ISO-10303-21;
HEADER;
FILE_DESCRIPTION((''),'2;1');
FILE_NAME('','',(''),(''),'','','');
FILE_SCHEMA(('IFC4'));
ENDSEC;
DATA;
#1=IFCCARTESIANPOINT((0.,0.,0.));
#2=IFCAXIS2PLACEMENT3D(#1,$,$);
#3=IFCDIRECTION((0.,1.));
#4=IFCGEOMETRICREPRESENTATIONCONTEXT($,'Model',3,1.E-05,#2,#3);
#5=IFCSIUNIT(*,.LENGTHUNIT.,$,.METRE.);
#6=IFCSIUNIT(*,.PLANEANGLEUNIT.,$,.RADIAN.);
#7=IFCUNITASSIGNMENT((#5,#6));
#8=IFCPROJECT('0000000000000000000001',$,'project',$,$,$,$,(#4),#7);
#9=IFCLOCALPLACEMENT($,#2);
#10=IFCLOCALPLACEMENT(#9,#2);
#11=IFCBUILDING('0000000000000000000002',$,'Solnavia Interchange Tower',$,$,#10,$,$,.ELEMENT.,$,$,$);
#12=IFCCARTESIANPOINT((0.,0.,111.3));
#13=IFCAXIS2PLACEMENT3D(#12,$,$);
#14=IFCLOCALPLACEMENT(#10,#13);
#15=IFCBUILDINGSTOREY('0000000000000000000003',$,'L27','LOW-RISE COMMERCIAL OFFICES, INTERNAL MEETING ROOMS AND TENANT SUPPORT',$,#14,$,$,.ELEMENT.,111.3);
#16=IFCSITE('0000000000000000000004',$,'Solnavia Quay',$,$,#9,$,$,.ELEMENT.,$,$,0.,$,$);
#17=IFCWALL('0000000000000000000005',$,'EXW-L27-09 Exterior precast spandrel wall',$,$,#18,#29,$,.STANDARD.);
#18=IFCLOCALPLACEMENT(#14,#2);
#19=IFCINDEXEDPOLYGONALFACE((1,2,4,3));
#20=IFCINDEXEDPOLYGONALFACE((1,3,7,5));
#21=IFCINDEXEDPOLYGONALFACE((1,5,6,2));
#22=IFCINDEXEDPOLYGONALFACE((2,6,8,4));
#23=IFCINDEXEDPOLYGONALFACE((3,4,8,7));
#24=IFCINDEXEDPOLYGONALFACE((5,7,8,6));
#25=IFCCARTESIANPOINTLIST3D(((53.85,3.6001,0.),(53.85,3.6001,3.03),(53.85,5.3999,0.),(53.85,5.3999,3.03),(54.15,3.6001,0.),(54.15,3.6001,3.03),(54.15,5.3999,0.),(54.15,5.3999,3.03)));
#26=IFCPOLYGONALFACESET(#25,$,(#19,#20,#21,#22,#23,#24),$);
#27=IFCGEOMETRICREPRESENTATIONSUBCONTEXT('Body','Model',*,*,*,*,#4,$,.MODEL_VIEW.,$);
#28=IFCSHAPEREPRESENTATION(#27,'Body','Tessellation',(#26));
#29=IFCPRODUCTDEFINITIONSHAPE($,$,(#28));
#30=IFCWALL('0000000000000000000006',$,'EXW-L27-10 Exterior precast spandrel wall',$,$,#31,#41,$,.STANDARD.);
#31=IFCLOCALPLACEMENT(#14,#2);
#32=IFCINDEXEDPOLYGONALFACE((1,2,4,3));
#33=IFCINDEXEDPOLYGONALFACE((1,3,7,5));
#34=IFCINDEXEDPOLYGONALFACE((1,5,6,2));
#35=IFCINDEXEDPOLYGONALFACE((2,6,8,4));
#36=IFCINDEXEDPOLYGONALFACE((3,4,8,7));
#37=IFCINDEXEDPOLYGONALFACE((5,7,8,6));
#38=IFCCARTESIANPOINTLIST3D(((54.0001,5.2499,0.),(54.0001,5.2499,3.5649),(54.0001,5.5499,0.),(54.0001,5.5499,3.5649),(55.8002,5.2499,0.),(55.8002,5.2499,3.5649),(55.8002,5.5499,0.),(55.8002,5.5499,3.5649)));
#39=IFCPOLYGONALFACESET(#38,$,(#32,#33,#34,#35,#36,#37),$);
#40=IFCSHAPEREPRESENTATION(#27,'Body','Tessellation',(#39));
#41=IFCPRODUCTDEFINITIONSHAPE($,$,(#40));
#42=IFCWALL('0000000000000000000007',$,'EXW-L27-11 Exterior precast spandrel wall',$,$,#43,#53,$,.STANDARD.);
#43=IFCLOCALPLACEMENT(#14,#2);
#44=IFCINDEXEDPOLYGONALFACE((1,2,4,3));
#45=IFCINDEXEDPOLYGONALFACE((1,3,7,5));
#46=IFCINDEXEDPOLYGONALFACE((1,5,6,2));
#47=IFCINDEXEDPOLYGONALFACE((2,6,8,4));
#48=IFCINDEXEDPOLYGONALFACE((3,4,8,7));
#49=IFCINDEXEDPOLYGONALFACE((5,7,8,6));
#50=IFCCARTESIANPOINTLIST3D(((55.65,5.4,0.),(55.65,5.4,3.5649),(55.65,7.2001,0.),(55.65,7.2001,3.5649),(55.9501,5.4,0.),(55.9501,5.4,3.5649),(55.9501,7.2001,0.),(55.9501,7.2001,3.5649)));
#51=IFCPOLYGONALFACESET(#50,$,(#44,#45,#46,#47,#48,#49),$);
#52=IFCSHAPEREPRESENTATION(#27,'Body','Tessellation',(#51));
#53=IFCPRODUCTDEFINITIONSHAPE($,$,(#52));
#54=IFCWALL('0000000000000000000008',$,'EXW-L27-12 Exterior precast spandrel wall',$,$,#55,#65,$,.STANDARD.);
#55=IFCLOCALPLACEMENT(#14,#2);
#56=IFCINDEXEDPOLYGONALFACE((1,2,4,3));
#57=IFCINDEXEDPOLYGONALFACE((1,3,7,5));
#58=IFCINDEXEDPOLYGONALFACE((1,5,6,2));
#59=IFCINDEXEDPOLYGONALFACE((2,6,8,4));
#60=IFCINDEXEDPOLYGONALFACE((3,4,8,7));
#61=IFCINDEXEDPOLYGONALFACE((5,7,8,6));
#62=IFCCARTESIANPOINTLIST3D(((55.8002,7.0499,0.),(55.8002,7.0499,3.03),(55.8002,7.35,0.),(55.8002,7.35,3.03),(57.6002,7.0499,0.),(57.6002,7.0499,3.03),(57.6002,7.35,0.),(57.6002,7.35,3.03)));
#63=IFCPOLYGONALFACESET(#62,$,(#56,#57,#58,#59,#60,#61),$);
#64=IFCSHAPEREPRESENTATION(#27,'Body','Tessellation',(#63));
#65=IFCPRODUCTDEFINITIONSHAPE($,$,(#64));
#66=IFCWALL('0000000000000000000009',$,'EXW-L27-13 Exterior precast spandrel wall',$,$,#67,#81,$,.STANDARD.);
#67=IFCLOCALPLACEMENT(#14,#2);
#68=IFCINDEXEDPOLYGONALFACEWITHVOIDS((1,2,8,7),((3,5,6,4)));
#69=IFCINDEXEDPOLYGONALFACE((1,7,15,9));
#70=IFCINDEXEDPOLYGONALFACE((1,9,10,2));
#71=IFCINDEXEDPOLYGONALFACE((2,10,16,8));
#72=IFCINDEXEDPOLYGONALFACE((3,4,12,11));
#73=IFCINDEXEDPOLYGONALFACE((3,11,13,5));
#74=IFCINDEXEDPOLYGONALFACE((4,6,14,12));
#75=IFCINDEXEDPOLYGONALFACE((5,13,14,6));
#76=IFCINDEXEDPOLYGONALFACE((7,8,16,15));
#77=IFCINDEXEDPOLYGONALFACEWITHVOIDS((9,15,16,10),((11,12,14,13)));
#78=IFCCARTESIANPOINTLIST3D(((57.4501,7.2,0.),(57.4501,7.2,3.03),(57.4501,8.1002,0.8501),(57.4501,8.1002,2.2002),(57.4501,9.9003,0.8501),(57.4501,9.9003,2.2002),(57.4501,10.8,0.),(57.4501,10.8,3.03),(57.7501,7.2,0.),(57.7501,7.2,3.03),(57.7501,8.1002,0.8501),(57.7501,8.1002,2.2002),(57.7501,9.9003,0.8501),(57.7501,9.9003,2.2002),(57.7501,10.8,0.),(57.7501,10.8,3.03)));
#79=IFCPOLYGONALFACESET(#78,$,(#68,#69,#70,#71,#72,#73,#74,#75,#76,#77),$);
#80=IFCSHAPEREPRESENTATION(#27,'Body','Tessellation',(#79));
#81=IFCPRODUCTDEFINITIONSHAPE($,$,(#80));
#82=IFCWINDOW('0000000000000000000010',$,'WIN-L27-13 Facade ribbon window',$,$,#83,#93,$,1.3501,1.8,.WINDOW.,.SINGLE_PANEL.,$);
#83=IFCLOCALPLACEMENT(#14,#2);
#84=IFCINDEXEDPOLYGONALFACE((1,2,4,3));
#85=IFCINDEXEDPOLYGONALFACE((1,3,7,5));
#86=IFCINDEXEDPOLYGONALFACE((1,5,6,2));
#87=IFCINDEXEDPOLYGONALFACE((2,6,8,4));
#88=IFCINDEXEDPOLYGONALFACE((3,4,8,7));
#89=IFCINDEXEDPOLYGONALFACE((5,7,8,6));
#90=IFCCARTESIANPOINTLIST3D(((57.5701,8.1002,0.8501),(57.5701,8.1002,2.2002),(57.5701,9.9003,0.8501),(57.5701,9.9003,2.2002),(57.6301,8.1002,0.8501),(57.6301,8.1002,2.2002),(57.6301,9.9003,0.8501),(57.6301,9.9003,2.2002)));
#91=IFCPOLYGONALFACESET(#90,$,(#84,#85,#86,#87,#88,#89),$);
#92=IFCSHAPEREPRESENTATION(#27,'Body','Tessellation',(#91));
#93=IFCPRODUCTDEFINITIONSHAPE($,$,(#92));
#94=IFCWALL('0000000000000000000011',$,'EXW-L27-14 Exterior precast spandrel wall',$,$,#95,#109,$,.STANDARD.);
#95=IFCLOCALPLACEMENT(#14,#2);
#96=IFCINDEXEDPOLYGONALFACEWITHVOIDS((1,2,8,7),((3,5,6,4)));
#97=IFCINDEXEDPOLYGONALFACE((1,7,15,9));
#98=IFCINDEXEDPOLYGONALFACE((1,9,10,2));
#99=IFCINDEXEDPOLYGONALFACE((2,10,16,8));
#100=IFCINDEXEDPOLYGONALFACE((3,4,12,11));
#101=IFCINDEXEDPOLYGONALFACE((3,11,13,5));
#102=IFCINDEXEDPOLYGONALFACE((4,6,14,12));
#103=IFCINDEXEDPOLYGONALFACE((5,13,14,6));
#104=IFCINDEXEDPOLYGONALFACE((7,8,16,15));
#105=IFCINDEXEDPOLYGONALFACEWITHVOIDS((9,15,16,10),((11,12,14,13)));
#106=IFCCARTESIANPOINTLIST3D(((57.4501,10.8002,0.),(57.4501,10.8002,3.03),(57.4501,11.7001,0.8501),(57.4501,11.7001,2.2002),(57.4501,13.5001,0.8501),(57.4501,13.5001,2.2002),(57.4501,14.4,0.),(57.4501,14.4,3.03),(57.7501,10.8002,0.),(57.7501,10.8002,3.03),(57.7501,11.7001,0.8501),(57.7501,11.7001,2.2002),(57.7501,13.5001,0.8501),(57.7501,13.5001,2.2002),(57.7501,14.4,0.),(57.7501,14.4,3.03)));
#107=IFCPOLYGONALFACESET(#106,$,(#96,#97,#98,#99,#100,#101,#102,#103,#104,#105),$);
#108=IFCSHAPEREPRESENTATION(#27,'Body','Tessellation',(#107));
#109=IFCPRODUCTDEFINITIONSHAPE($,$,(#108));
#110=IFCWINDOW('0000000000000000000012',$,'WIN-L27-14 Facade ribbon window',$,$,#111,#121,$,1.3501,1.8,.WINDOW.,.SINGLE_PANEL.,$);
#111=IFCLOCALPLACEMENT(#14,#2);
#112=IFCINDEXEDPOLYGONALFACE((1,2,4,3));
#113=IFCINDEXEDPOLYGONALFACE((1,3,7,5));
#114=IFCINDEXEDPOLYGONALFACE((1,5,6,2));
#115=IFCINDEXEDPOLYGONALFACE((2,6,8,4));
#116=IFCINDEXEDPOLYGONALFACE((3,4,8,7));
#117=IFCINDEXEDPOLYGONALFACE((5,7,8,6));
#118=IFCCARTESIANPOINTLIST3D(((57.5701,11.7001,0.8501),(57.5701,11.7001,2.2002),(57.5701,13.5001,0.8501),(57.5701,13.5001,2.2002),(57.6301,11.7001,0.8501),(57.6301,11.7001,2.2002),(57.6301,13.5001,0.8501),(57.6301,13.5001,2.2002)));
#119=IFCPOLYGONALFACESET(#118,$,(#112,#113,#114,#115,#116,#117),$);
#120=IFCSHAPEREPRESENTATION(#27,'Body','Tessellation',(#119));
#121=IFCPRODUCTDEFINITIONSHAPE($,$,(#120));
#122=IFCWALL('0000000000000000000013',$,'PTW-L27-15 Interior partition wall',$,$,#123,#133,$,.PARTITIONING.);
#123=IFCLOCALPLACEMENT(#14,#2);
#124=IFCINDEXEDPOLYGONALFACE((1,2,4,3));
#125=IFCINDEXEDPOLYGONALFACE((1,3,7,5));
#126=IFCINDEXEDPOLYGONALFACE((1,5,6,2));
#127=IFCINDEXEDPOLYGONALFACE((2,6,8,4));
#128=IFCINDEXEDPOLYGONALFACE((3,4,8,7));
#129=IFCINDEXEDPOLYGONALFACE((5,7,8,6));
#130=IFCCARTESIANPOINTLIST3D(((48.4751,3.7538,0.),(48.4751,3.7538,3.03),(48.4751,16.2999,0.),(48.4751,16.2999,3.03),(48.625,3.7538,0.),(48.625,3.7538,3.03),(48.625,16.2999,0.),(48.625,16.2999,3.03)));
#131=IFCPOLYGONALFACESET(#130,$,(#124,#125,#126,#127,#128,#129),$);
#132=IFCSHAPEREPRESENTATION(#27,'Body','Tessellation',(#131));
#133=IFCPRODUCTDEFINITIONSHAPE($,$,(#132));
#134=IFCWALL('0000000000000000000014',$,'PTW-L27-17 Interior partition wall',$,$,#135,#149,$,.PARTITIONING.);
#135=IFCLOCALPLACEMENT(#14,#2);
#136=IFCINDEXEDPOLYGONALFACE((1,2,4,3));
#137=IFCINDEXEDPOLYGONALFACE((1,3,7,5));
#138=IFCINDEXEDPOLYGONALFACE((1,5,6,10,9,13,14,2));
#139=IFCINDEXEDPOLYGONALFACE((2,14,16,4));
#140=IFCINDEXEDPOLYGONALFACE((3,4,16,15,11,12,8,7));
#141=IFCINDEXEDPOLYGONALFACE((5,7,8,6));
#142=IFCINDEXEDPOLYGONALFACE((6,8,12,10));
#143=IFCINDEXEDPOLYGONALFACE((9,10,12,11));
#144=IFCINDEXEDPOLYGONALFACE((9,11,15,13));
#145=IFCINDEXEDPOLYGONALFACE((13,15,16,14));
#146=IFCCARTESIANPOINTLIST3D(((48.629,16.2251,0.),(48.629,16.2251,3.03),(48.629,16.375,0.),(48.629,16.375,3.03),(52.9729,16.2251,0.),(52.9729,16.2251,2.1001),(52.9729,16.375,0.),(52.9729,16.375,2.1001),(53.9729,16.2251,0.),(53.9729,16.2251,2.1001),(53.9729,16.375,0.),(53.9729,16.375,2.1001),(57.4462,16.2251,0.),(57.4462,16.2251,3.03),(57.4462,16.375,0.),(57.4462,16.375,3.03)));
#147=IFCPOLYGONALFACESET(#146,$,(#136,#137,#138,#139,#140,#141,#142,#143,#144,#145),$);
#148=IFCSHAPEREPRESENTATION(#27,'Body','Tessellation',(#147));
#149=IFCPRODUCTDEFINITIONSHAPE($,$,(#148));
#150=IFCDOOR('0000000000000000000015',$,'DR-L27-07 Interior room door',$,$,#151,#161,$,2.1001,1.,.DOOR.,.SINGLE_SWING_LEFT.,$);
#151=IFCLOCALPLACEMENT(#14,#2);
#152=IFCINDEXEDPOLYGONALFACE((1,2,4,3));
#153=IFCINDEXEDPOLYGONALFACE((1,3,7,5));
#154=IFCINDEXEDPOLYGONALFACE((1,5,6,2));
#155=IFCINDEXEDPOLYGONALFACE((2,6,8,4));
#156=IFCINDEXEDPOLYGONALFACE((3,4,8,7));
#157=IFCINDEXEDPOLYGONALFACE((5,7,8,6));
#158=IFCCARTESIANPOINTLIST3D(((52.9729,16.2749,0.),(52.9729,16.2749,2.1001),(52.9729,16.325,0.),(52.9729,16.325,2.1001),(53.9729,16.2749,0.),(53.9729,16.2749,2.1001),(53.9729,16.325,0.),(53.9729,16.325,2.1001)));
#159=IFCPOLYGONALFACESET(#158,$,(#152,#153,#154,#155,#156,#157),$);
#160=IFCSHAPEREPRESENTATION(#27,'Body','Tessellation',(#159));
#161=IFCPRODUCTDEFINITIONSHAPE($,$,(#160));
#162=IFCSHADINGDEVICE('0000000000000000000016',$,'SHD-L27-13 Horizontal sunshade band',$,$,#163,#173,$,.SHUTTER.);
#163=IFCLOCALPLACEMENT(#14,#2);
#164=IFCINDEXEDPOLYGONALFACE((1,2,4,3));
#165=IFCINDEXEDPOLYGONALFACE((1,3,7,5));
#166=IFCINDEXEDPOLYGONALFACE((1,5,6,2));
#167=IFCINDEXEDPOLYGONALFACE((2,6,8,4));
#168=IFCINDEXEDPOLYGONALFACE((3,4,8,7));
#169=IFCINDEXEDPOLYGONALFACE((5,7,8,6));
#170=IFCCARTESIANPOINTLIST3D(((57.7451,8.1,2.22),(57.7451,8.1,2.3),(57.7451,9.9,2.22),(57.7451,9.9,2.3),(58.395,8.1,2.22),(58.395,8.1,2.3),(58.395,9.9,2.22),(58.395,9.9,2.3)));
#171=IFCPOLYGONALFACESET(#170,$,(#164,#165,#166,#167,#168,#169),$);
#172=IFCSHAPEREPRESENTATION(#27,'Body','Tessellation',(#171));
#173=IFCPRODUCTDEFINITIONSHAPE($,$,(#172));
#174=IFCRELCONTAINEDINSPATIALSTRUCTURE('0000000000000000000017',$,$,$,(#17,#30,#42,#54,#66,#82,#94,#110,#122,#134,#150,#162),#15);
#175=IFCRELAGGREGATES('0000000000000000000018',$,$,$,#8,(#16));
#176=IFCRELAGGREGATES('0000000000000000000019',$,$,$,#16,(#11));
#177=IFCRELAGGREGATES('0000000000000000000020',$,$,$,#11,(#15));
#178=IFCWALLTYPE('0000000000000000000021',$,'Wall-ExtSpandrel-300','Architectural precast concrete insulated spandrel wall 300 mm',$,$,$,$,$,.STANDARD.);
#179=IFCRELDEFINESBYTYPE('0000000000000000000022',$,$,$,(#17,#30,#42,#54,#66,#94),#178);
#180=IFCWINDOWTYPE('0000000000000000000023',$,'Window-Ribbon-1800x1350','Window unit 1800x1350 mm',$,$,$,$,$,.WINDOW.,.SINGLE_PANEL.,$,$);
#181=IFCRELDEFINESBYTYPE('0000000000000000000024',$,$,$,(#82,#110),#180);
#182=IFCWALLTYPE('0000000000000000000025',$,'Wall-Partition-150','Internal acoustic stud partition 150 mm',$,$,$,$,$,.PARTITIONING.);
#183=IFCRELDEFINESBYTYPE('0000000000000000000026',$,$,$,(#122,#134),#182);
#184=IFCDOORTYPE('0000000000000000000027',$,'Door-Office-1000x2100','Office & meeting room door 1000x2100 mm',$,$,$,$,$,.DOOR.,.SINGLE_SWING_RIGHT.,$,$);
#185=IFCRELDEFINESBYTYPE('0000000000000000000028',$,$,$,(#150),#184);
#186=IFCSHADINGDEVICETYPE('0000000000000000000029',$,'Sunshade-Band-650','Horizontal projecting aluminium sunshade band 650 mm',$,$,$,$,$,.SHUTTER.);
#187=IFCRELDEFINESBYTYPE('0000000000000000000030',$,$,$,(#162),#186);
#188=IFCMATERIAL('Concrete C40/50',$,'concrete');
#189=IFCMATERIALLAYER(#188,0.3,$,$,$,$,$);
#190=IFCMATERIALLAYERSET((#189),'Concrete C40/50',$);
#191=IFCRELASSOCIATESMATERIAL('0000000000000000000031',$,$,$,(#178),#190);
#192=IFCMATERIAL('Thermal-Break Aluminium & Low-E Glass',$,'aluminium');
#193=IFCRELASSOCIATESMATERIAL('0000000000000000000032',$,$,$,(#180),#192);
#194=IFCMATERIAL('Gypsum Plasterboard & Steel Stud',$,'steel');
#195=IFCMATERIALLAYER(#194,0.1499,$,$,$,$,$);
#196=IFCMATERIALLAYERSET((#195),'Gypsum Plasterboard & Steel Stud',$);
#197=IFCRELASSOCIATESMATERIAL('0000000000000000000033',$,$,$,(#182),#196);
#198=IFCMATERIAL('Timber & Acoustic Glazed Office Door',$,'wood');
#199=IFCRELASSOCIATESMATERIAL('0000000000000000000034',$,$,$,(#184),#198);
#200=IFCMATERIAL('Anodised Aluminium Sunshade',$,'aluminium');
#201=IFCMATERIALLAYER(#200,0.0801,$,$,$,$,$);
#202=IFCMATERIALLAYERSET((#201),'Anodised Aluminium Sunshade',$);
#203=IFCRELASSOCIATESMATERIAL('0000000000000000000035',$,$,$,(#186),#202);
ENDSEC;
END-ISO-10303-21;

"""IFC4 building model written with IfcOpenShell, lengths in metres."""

from ifc_helpers import new_model, si_unit, direction, frame, frame_2d, origin, origin_2d, place, context, subcontext, project, spatial, rectangle, extrude, material, layer, layer_set, type_object, element, fill, save


model = new_model("IFC4")

# Units and contexts
model_context = context("Model", 3, precision=1e-05, world=origin(), true_north=direction((0.0, 1.0)))
body_context = subcontext(model_context, "Body", "Model", "MODEL_VIEW")
ifc_project = project(units=[si_unit("LENGTHUNIT", "METRE"), si_unit("PLANEANGLEUNIT", "RADIAN")], contexts=[model_context])

# Site, building, storey
site_placement = place(None, origin())
site = spatial("IfcSite", under=ifc_project, at=site_placement, Name="Solnavia Quay", CompositionType="ELEMENT", RefElevation=0.0)
building_placement = place(site_placement, origin())
building = spatial("IfcBuilding", under=site, at=building_placement, Name="Solnavia Interchange Tower", CompositionType="ELEMENT")
storey_placement = place(building_placement, frame((0.0, 0.0, 111.3)))
storey = spatial("IfcBuildingStorey", under=building, at=storey_placement, Name="L27", Description="LOW-RISE COMMERCIAL OFFICES, INTERNAL MEETING ROOMS AND TENANT SUPPORT", CompositionType="ELEMENT", Elevation=111.3)

# Shared definitions
ifc_material_1 = material(Name="Concrete C40/50", Category="concrete")
ifc_layer_1 = layer(ifc_material_1, 0.3)
ifc_layer_set_1 = layer_set([ifc_layer_1], Name="Concrete C40/50")
wall_type_1 = type_object("IfcWallType", Name="Wall-ExtSpandrel-300", Description="Architectural precast concrete insulated spandrel wall 300 mm", PredefinedType="STANDARD", material=ifc_layer_set_1)

# Shared definitions
ifc_material_2 = material(Name="Thermal-Break Aluminium & Low-E Glass", Category="aluminium")
window_type = type_object("IfcWindowType", Name="Window-Ribbon-1800x1350", Description="Window unit 1800x1350 mm", PartitioningType="SINGLE_PANEL", PredefinedType="WINDOW", material=ifc_material_2)

# Walls
wall_1_placement = place(storey_placement, frame((54.0, 5.3999, 0.0), z_axis=(0.0, 0.0, 1.0), x_axis=(0.0, -1.0, 0.0)))
element("IfcWall", 1, at=wall_1_placement, inside=storey, type_object=wall_type_1, Name="EXW-L27-09 Exterior precast spandrel wall", PredefinedType="STANDARD", context=body_context, shape_type="SweptSolid", body=[
    extrude(rectangle(XDim=1.7998, YDim=0.3, at=frame_2d((0.8999, 0.0))), origin(), (0.0, 0.0, 1.0), 3.03),
])
for number, where, z_axis, x_axis, name in (
    (2, (55.8, 5.3999, 0.0), (0.0, 0.0, 1.0), (-1.0, 0.0, 0.0), "EXW-L27-10 Exterior precast spandrel wall"),
    (3, (55.8, 7.2, 0.0), (0.0, 0.0, 1.0), (0.0, -1.0, 0.0), "EXW-L27-11 Exterior precast spandrel wall"),
):
    element("IfcWall", number, at=place(storey_placement, frame(where, z_axis=z_axis, x_axis=x_axis)), inside=storey, type_object=wall_type_1, Name=name, PredefinedType="STANDARD", context=body_context, shape_type="SweptSolid", body=[
        extrude(rectangle(XDim=1.8, YDim=0.3, at=frame_2d((0.8999, 0.0))), origin(), (0.0, 0.0, 1.0), 3.5649),
    ])
wall_2_placement = place(storey_placement, frame((57.6001, 7.2, 0.0), z_axis=(0.0, 0.0, 1.0), x_axis=(-1.0, 0.0, 0.0)))
element("IfcWall", 4, at=wall_2_placement, inside=storey, type_object=wall_type_1, Name="EXW-L27-12 Exterior precast spandrel wall", PredefinedType="STANDARD", context=body_context, shape_type="SweptSolid", body=[
    extrude(rectangle(XDim=1.8, YDim=0.3, at=frame_2d((0.8999, 0.0))), origin(), (0.0, 0.0, 1.0), 3.03),
])

# Walls, openings, windows
wall_3_placement = place(storey_placement, frame((57.6001, 10.8, 0.0), z_axis=(0.0, 0.0, 1.0), x_axis=(0.0, -1.0, 0.0)))
wall_3 = element("IfcWall", 5, at=wall_3_placement, inside=storey, type_object=wall_type_1, Name="EXW-L27-13 Exterior precast spandrel wall", PredefinedType="STANDARD", context=body_context, shape_type="SweptSolid", body=[
    extrude(rectangle(XDim=3.6001, YDim=0.3, at=frame_2d((1.8, 0.0))), origin(), (0.0, 0.0, 1.0), 3.03),
])
opening_1_placement = place(wall_3_placement, frame((0.8999, 0.0, 0.8501)))
opening_1 = element("IfcOpeningElement", 6, at=opening_1_placement, cuts=wall_3, PredefinedType="OPENING", context=body_context, shape_type="SweptSolid", body=[
    extrude(rectangle(XDim=1.8, YDim=1.3501, at=frame_2d((0.8999, 0.675))), frame((0.0, 0.1602, 0.0), z_axis=(0.0, -1.0, 0.0), x_axis=(1.0, 0.0, 0.0)), (0.0, 0.0, 1.0), 0.3201),
])
window_1_placement = place(opening_1_placement, origin())
window_1 = element("IfcWindow", 7, at=window_1_placement, inside=storey, type_object=window_type, Name="WIN-L27-13 Facade ribbon window", OverallHeight=1.3501, OverallWidth=1.8, PartitioningType="SINGLE_PANEL", PredefinedType="WINDOW", context=body_context, shape_type="SweptSolid", body=[
    extrude(rectangle(XDim=1.8, YDim=1.3501, at=frame_2d((0.8999, 0.675))), frame((0.0, 0.03, 0.0), z_axis=(0.0, -1.0, 0.0), x_axis=(1.0, 0.0, 0.0)), (0.0, 0.0, 1.0), 0.0601),
])
fill(opening_1, window_1)
wall_4_placement = place(storey_placement, frame((57.6001, 14.3999, 0.0), z_axis=(0.0, 0.0, 1.0), x_axis=(0.0, -1.0, 0.0)))
wall_4 = element("IfcWall", 8, at=wall_4_placement, inside=storey, type_object=wall_type_1, Name="EXW-L27-14 Exterior precast spandrel wall", PredefinedType="STANDARD", context=body_context, shape_type="SweptSolid", body=[
    extrude(rectangle(XDim=3.5999, YDim=0.3, at=frame_2d((1.7998, 0.0))), origin(), (0.0, 0.0, 1.0), 3.03),
])
opening_2_placement = place(wall_4_placement, frame((0.8999, 0.0, 0.8501)))
opening_2 = element("IfcOpeningElement", 9, at=opening_2_placement, cuts=wall_4, PredefinedType="OPENING", context=body_context, shape_type="SweptSolid", body=[
    extrude(rectangle(XDim=1.8, YDim=1.3501, at=frame_2d((0.8999, 0.675))), frame((0.0, 0.1602, 0.0), z_axis=(0.0, -1.0, 0.0), x_axis=(1.0, 0.0, 0.0)), (0.0, 0.0, 1.0), 0.3201),
])
window_2_placement = place(opening_2_placement, origin())
window_2 = element("IfcWindow", 10, at=window_2_placement, inside=storey, type_object=window_type, Name="WIN-L27-14 Facade ribbon window", OverallHeight=1.3501, OverallWidth=1.8, PartitioningType="SINGLE_PANEL", PredefinedType="WINDOW", context=body_context, shape_type="SweptSolid", body=[
    extrude(rectangle(XDim=1.8, YDim=1.3501, at=frame_2d((0.8999, 0.675))), frame((0.0, 0.03, 0.0), z_axis=(0.0, -1.0, 0.0), x_axis=(1.0, 0.0, 0.0)), (0.0, 0.0, 1.0), 0.0601),
])
fill(opening_2, window_2)

# Wall
ifc_material_3 = material(Name="Gypsum Plasterboard & Steel Stud", Category="steel")
ifc_layer_2 = layer(ifc_material_3, 0.1499)
ifc_layer_set_2 = layer_set([ifc_layer_2], Name="Gypsum Plasterboard & Steel Stud")
wall_type_2 = type_object("IfcWallType", Name="Wall-Partition-150", Description="Internal acoustic stud partition 150 mm", PredefinedType="PARTITIONING", material=ifc_layer_set_2)
wall_5_placement = place(storey_placement, frame((48.55, 3.7539, 0.0), z_axis=(0.0, 0.0, 1.0), x_axis=(0.0, 1.0, 0.0)))
element("IfcWall", 11, at=wall_5_placement, inside=storey, type_object=wall_type_2, Name="PTW-L27-15 Interior partition wall", PredefinedType="PARTITIONING", context=body_context, shape_type="SweptSolid", body=[
    extrude(rectangle(XDim=12.5461, YDim=0.1499, at=frame_2d((6.2729, 0.0))), origin(), (0.0, 0.0, 1.0), 3.03),
])

# Wall, opening, door
wall_6_placement = place(storey_placement, frame((48.6289, 16.3, 0.0), z_axis=(0.0, 0.0, 1.0), x_axis=(1.0, 0.0, 0.0)))
wall_6 = element("IfcWall", 12, at=wall_6_placement, inside=storey, type_object=wall_type_2, Name="PTW-L27-17 Interior partition wall", PredefinedType="PARTITIONING", context=body_context, shape_type="SweptSolid", body=[
    extrude(rectangle(XDim=8.8171, YDim=0.1499, at=frame_2d((4.4087, 0.0))), origin(), (0.0, 0.0, 1.0), 3.03),
])
opening_3_placement = place(wall_6_placement, frame((4.344, 0.0, 0.0)))
opening_3 = element("IfcOpeningElement", 13, at=opening_3_placement, cuts=wall_6, PredefinedType="OPENING", context=body_context, shape_type="SweptSolid", body=[
    extrude(rectangle(XDim=1.0, YDim=2.1001, at=frame_2d((0.5, 1.05))), frame((0.0, 0.085, 0.0), z_axis=(0.0, -1.0, 0.0), x_axis=(1.0, 0.0, 0.0)), (0.0, 0.0, 1.0), 0.1699),
])
ifc_material_4 = material(Name="Timber & Acoustic Glazed Office Door", Category="wood")
door_type = type_object("IfcDoorType", Name="Door-Office-1000x2100", Description="Office & meeting room door 1000x2100 mm", OperationType="SINGLE_SWING_RIGHT", PredefinedType="DOOR", material=ifc_material_4)
door_placement = place(opening_3_placement, origin())
door = element("IfcDoor", 14, at=door_placement, inside=storey, type_object=door_type, Name="DR-L27-07 Interior room door", OperationType="SINGLE_SWING_LEFT", OverallHeight=2.1001, OverallWidth=1.0, PredefinedType="DOOR", context=body_context, shape_type="SweptSolid", body=[
    extrude(rectangle(XDim=1.0, YDim=2.1001, at=frame_2d((0.5, 1.05))), frame((0.0, 0.0249, 0.0), z_axis=(0.0, -1.0, 0.0), x_axis=(1.0, 0.0, 0.0)), (0.0, 0.0, 1.0), 0.05),
])
fill(opening_3, door)

# Shading device
ifc_material_5 = material(Name="Anodised Aluminium Sunshade", Category="aluminium")
ifc_layer_3 = layer(ifc_material_5, 0.0801)
ifc_layer_set_3 = layer_set([ifc_layer_3], Name="Anodised Aluminium Sunshade")
shading_device_type = type_object("IfcShadingDeviceType", Name="Sunshade-Band-650", Description="Horizontal projecting aluminium sunshade band 650 mm", PredefinedType="SHUTTER", material=ifc_layer_set_3)
shading_device_placement = place(storey_placement, frame((58.0701, 9.0, 2.22), z_axis=(0.0, 0.0, 1.0), x_axis=(0.0, -1.0, 0.0)))
element("IfcShadingDevice", 15, at=shading_device_placement, inside=storey, type_object=shading_device_type, Name="SHD-L27-13 Horizontal sunshade band", PredefinedType="SHUTTER", context=body_context, shape_type="SweptSolid", body=[
    extrude(rectangle(XDim=1.8, YDim=0.6499, at=origin_2d()), origin(), (0.0, 0.0, 1.0), 0.0801),
])

save(model, "model.ifc")
